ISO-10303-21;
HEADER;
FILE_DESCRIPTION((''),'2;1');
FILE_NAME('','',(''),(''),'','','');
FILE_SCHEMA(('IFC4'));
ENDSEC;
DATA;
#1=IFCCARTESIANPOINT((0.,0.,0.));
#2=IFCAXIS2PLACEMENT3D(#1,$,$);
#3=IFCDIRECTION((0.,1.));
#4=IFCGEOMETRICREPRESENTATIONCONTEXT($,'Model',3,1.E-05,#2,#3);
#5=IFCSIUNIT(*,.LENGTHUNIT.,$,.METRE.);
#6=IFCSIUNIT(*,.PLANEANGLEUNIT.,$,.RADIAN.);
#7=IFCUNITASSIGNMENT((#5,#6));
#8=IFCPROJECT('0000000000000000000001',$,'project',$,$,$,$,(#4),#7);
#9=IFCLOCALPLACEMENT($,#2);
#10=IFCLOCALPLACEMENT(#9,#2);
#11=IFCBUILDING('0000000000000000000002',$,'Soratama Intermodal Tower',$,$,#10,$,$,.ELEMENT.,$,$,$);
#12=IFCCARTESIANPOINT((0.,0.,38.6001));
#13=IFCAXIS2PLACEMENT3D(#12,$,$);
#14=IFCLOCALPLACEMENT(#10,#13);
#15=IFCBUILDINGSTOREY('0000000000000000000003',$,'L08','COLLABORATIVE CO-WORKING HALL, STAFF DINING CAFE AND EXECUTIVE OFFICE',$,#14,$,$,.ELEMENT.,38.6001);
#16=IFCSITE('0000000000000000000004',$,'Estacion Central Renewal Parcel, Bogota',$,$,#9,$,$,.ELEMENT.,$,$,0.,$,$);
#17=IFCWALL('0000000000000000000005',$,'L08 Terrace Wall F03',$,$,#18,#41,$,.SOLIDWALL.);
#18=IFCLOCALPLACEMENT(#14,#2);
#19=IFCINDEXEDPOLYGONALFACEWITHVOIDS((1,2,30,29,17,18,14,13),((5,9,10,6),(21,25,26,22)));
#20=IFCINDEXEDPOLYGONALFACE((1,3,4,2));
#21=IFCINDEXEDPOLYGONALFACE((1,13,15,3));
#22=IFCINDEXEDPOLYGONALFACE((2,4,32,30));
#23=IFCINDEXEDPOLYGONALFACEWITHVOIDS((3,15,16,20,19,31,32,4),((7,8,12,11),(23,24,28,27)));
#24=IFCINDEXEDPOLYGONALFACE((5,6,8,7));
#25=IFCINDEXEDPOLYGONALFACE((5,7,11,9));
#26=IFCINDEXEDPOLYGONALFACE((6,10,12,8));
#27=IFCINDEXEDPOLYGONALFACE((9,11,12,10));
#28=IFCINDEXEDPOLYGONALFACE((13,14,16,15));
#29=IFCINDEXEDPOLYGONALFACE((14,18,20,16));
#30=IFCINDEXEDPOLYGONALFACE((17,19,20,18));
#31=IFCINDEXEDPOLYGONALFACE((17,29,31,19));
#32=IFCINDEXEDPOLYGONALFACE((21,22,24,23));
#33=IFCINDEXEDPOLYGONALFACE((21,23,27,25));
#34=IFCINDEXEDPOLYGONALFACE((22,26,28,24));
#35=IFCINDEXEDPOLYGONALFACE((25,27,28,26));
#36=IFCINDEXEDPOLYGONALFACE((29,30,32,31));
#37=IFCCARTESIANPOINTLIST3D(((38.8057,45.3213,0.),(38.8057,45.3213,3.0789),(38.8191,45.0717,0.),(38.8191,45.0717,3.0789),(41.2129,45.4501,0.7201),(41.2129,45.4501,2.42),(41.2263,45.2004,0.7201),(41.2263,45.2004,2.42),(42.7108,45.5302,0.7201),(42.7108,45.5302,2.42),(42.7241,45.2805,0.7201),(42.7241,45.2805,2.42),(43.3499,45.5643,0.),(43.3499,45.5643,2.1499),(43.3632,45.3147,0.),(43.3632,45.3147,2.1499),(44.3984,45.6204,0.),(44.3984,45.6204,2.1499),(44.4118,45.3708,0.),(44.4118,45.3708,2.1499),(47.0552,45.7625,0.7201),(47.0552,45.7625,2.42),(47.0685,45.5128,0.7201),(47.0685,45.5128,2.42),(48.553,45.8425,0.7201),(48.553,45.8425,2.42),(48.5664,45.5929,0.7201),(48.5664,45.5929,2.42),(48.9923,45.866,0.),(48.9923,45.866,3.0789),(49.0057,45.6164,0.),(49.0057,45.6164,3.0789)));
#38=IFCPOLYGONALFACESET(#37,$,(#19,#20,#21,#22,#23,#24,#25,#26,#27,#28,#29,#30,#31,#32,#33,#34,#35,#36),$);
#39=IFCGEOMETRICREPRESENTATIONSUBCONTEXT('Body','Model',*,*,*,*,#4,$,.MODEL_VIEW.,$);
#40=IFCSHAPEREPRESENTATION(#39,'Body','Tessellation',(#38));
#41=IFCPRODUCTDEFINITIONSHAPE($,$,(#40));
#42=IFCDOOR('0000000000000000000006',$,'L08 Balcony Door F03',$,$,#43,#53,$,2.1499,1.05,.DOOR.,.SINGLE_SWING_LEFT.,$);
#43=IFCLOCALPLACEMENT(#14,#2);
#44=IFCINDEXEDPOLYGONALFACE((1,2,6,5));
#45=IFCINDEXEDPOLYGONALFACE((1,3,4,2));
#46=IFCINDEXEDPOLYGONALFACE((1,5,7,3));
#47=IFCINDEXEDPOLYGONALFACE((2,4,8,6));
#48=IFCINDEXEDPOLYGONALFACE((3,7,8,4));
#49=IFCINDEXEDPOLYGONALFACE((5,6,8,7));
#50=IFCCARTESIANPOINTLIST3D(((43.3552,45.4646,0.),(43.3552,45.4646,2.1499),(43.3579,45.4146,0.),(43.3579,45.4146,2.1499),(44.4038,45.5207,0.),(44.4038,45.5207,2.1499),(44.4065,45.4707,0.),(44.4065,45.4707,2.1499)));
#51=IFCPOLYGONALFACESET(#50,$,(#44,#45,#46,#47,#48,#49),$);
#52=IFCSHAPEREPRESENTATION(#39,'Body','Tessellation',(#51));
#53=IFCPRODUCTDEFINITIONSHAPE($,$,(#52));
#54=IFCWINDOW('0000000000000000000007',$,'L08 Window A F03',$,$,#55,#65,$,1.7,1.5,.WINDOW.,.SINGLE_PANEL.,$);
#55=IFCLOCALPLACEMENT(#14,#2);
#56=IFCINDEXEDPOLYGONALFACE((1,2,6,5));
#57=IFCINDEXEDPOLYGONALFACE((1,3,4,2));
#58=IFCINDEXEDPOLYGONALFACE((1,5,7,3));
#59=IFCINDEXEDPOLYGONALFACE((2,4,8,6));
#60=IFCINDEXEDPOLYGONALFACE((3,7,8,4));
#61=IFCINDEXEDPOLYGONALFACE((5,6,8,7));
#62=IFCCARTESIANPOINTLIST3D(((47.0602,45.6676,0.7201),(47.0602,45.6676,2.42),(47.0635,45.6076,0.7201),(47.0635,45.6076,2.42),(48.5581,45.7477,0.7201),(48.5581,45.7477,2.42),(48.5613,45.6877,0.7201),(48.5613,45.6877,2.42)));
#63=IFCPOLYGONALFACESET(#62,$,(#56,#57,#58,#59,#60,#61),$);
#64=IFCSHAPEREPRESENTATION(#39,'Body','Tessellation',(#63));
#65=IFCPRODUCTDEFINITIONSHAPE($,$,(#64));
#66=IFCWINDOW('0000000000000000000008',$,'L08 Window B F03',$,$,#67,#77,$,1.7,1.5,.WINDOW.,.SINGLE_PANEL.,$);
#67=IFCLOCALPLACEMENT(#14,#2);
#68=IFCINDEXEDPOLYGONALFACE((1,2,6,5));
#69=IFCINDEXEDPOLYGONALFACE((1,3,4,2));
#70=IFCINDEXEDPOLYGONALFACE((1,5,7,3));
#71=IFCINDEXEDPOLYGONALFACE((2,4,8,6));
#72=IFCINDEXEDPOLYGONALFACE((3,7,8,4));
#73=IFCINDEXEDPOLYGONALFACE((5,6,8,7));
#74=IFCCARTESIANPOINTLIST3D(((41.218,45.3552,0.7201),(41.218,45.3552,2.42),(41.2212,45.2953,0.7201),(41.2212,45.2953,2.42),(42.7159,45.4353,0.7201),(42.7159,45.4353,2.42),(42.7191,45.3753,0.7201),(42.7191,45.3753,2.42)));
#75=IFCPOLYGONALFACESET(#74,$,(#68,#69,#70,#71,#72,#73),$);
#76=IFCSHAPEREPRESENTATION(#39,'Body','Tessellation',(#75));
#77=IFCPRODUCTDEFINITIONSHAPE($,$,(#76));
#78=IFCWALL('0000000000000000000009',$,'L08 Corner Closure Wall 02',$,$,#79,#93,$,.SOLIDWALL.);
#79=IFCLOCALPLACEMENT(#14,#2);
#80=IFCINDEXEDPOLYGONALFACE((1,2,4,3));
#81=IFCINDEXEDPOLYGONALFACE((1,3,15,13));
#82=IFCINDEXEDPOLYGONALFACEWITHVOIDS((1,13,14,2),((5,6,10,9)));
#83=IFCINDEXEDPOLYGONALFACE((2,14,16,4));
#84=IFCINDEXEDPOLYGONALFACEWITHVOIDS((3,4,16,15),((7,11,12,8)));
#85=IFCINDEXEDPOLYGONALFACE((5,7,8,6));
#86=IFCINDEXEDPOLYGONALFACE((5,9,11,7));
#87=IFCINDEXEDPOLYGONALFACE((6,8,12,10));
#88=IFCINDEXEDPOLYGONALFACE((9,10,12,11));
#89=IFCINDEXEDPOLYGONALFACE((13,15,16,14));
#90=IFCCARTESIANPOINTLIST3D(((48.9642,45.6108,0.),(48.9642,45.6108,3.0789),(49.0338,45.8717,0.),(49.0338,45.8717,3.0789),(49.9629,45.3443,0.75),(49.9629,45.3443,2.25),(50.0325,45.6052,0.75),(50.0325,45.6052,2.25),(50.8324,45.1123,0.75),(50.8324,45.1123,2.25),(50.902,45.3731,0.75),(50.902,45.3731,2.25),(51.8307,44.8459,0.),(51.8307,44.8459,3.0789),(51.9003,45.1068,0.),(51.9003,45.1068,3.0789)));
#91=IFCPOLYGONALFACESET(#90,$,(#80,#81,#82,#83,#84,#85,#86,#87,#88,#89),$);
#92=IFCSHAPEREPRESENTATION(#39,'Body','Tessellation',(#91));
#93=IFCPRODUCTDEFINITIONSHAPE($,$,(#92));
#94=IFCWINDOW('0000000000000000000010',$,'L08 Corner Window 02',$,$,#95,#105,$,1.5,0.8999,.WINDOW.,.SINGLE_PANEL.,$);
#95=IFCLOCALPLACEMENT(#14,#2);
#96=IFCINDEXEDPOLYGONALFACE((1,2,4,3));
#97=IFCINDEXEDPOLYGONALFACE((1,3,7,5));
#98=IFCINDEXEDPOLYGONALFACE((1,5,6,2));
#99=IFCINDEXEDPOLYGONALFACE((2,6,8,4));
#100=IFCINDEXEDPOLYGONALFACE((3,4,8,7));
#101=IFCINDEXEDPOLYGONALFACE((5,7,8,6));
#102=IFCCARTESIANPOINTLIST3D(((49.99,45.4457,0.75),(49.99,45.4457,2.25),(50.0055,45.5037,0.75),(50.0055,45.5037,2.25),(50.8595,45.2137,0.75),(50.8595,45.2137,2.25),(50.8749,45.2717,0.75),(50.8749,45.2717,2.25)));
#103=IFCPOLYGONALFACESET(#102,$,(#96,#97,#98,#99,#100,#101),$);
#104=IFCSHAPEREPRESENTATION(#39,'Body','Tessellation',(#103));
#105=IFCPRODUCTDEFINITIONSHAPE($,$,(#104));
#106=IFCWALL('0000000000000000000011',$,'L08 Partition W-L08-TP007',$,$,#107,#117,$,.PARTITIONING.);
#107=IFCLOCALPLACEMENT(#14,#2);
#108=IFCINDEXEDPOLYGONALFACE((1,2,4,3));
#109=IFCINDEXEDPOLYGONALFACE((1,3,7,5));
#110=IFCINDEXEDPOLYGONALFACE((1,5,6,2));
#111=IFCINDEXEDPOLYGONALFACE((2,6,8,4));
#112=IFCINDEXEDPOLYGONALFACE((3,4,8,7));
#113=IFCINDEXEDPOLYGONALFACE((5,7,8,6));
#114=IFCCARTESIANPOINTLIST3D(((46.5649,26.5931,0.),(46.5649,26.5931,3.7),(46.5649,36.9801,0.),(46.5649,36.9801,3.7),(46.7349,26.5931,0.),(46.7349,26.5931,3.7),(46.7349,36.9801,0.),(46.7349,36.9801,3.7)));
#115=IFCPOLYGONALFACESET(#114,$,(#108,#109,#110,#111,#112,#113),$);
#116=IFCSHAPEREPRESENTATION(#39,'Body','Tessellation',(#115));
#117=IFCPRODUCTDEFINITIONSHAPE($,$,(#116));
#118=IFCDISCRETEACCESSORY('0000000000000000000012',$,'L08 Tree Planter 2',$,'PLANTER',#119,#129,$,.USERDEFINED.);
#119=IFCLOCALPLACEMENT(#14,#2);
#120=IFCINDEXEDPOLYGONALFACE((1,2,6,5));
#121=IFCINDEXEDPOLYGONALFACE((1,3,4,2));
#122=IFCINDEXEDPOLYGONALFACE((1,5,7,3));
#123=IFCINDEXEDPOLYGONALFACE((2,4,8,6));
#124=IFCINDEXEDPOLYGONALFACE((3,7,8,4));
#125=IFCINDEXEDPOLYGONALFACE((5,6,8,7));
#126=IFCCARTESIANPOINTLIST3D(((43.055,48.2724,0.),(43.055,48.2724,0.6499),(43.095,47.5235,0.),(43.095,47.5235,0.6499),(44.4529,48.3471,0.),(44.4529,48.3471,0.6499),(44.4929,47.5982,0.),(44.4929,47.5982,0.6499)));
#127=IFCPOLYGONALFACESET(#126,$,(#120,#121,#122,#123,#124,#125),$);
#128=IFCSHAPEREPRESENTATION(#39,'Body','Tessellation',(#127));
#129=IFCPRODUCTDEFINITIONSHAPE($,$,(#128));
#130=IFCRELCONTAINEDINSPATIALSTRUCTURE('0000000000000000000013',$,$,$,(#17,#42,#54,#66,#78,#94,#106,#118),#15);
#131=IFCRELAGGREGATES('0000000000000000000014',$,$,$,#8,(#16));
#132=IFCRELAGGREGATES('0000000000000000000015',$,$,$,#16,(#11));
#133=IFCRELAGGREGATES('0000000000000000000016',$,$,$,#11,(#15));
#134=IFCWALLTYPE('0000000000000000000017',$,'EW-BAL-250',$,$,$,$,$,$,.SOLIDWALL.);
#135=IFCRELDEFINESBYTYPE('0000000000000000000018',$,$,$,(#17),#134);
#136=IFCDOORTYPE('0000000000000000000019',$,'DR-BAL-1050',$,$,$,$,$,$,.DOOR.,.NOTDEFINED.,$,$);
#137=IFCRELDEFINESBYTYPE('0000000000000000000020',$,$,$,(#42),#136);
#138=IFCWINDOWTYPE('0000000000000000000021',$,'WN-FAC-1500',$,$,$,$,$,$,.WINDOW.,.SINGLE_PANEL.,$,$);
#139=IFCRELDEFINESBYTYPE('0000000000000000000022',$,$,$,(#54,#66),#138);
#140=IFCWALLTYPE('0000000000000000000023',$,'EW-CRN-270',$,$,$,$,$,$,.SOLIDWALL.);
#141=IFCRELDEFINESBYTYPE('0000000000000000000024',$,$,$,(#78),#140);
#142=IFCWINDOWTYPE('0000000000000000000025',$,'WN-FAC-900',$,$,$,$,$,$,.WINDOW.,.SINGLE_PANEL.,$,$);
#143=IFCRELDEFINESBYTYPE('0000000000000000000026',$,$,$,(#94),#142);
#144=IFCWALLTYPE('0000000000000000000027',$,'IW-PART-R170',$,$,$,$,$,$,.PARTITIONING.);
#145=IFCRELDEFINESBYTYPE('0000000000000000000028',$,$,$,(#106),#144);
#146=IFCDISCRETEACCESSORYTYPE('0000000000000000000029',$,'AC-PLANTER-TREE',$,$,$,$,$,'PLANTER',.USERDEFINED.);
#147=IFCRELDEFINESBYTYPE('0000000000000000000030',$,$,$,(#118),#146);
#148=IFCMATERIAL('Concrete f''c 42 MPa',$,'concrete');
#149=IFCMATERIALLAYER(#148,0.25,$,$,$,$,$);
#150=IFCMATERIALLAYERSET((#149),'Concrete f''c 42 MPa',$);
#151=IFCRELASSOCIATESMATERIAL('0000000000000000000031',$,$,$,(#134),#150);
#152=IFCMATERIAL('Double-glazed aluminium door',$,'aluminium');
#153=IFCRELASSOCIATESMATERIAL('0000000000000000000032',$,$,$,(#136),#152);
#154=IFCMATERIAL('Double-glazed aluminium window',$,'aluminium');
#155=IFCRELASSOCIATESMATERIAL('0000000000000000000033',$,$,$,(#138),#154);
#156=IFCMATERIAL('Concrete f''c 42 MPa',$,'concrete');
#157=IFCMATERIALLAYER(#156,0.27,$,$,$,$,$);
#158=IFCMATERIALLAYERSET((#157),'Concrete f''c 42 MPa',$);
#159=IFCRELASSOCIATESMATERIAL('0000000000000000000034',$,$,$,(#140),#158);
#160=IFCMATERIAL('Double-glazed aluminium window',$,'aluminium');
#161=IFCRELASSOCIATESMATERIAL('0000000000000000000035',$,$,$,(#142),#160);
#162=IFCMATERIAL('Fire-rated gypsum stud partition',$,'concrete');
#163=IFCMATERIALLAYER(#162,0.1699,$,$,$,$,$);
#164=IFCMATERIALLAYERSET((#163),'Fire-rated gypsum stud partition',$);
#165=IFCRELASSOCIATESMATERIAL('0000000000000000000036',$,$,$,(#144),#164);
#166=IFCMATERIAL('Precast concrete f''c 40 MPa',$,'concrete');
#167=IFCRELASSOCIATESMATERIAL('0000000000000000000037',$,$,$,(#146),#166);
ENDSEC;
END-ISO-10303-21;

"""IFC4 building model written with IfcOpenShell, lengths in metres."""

from ifc_helpers import new_model, si_unit, direction, frame, frame_2d, origin, origin_2d, place, context, subcontext, project, spatial, rectangle, extrude, material, layer, layer_set, type_object, element, fill, save


model = new_model("IFC4")

# Units and contexts
model_context = context("Model", 3, precision=1e-05, world=origin(), true_north=direction((0.0, 1.0)))
body_context = subcontext(model_context, "Body", "Model", "MODEL_VIEW")
ifc_project = project(units=[si_unit("LENGTHUNIT", "METRE"), si_unit("PLANEANGLEUNIT", "RADIAN")], contexts=[model_context])

# Site, building, storey
site_placement = place(None, origin())
site = spatial("IfcSite", under=ifc_project, at=site_placement, Name="Estacion Central Renewal Parcel, Bogota", CompositionType="ELEMENT", RefElevation=0.0)
building_placement = place(site_placement, origin())
building = spatial("IfcBuilding", under=site, at=building_placement, Name="Soratama Intermodal Tower", CompositionType="ELEMENT")
storey_placement = place(building_placement, frame((0.0, 0.0, 38.6001)))
storey = spatial("IfcBuildingStorey", under=building, at=storey_placement, Name="L08", Description="COLLABORATIVE CO-WORKING HALL, STAFF DINING CAFE AND EXECUTIVE OFFICE", CompositionType="ELEMENT", Elevation=38.6001)

# Wall, openings, door, windows
ifc_material_1 = material(Name="Concrete f'c 42 MPa", Category="concrete")
ifc_layer_1 = layer(ifc_material_1, 0.25)
ifc_layer_set_1 = layer_set([ifc_layer_1], Name="Concrete f'c 42 MPa")
wall_type_1 = type_object("IfcWallType", Name="EW-BAL-250", PredefinedType="SOLIDWALL", material=ifc_layer_set_1)
wall_1_placement = place(storey_placement, frame((48.999, 45.7412, 0.0), z_axis=(0.0, 0.0, 1.0), x_axis=(-0.998574, -0.053394, 0.0)))
wall_1 = element("IfcWall", 1, at=wall_1_placement, inside=storey, type_object=wall_type_1, Name="L08 Terrace Wall F03", PredefinedType="SOLIDWALL", context=body_context, shape_type="SweptSolid", body=[
    extrude(rectangle(XDim=10.2012, YDim=0.25, at=frame_2d((5.1006, 0.0))), origin(), (0.0, 0.0, 1.0), 3.0789),
])
opening_1_placement = place(wall_1_placement, frame((4.6006, 0.0, 0.0)))
opening_1 = element("IfcOpeningElement", 2, at=opening_1_placement, cuts=wall_1, PredefinedType="OPENING", context=body_context, shape_type="SweptSolid", body=[
    extrude(rectangle(XDim=1.05, YDim=2.1499, at=frame_2d((0.5249, 1.075))), frame((0.0, 0.135, 0.0), z_axis=(0.0, -1.0, 0.0), x_axis=(1.0, 0.0, 0.0)), (0.0, 0.0, 1.0), 0.27),
])
opening_2_placement = place(wall_1_placement, frame((0.4399, 0.0, 0.72)))
opening_2 = element("IfcOpeningElement", 3, at=opening_2_placement, cuts=wall_1, PredefinedType="OPENING", context=body_context, shape_type="SweptSolid", body=[
    extrude(rectangle(XDim=1.5, YDim=1.7, at=frame_2d((0.75, 0.8501))), frame((0.0, 0.135, 0.0), z_axis=(0.0, -1.0, 0.0), x_axis=(1.0, 0.0, 0.0)), (0.0, 0.0, 1.0), 0.27),
])
opening_3_placement = place(wall_1_placement, frame((6.2905, 0.0, 0.72)))
opening_3 = element("IfcOpeningElement", 4, at=opening_3_placement, cuts=wall_1, PredefinedType="OPENING", context=body_context, shape_type="SweptSolid", body=[
    extrude(rectangle(XDim=1.5, YDim=1.7, at=frame_2d((0.75, 0.8501))), frame((0.0, 0.135, 0.0), z_axis=(0.0, -1.0, 0.0), x_axis=(1.0, 0.0, 0.0)), (0.0, 0.0, 1.0), 0.27),
])
ifc_material_2 = material(Name="Double-glazed aluminium door", Category="aluminium")
door_type = type_object("IfcDoorType", Name="DR-BAL-1050", OperationType="NOTDEFINED", PredefinedType="DOOR", material=ifc_material_2)
door_placement = place(opening_1_placement, origin())
door = element("IfcDoor", 5, at=door_placement, inside=storey, type_object=door_type, Name="L08 Balcony Door F03", OperationType="SINGLE_SWING_LEFT", OverallHeight=2.1499, OverallWidth=1.05, PredefinedType="DOOR", context=body_context, shape_type="SweptSolid", body=[
    extrude(rectangle(XDim=1.05, YDim=2.1499, at=frame_2d((0.5249, 1.075))), frame((0.0, 0.0249, 0.0), z_axis=(0.0, -1.0, 0.0), x_axis=(1.0, 0.0, 0.0)), (0.0, 0.0, 1.0), 0.05),
])
fill(opening_1, door)
ifc_material_3 = material(Name="Double-glazed aluminium window", Category="aluminium")
window_type_1 = type_object("IfcWindowType", Name="WN-FAC-1500", PartitioningType="SINGLE_PANEL", PredefinedType="WINDOW", material=ifc_material_3)
window_1_placement = place(opening_2_placement, origin())
window_1 = element("IfcWindow", 6, at=window_1_placement, inside=storey, type_object=window_type_1, Name="L08 Window A F03", OverallHeight=1.7, OverallWidth=1.5, PartitioningType="SINGLE_PANEL", PredefinedType="WINDOW", context=body_context, shape_type="SweptSolid", body=[
    extrude(rectangle(XDim=1.5, YDim=1.7, at=frame_2d((0.75, 0.8501))), frame((0.0, 0.03, 0.0), z_axis=(0.0, -1.0, 0.0), x_axis=(1.0, 0.0, 0.0)), (0.0, 0.0, 1.0), 0.0601),
])
fill(opening_2, window_1)
window_2_placement = place(opening_3_placement, origin())
window_2 = element("IfcWindow", 7, at=window_2_placement, inside=storey, type_object=window_type_1, Name="L08 Window B F03", OverallHeight=1.7, OverallWidth=1.5, PartitioningType="SINGLE_PANEL", PredefinedType="WINDOW", context=body_context, shape_type="SweptSolid", body=[
    extrude(rectangle(XDim=1.5, YDim=1.7, at=frame_2d((0.75, 0.8501))), frame((0.0, 0.03, 0.0), z_axis=(0.0, -1.0, 0.0), x_axis=(1.0, 0.0, 0.0)), (0.0, 0.0, 1.0), 0.0601),
])
fill(opening_3, window_2)

# Wall, opening, window
ifc_material_4 = material(Name="Concrete f'c 42 MPa", Category="concrete")
ifc_layer_2 = layer(ifc_material_4, 0.27)
ifc_layer_set_2 = layer_set([ifc_layer_2], Name="Concrete f'c 42 MPa")
wall_type_2 = type_object("IfcWallType", Name="EW-CRN-270", PredefinedType="SOLIDWALL", material=ifc_layer_set_2)
wall_2_placement = place(storey_placement, frame((51.8655, 44.9763, 0.0), z_axis=(0.0, 0.0, 1.0), x_axis=(-0.966193, 0.257821, 0.0)))
wall_2 = element("IfcWall", 8, at=wall_2_placement, inside=storey, type_object=wall_type_2, Name="L08 Corner Closure Wall 02", PredefinedType="SOLIDWALL", context=body_context, shape_type="SweptSolid", body=[
    extrude(rectangle(XDim=2.9668, YDim=0.27, at=frame_2d((1.4834, 0.0))), origin(), (0.0, 0.0, 1.0), 3.0789),
])
opening_4_placement = place(wall_2_placement, frame((1.0332, 0.0, 0.75)))
opening_4 = element("IfcOpeningElement", 9, at=opening_4_placement, cuts=wall_2, PredefinedType="OPENING", context=body_context, shape_type="SweptSolid", body=[
    extrude(rectangle(XDim=0.8999, YDim=1.5, at=frame_2d((0.45, 0.75))), frame((0.0, 0.145, 0.0), z_axis=(0.0, -1.0, 0.0), x_axis=(1.0, 0.0, 0.0)), (0.0, 0.0, 1.0), 0.29),
])
ifc_material_5 = material(Name="Double-glazed aluminium window", Category="aluminium")
window_type_2 = type_object("IfcWindowType", Name="WN-FAC-900", PartitioningType="SINGLE_PANEL", PredefinedType="WINDOW", material=ifc_material_5)
window_3_placement = place(opening_4_placement, origin())
window_3 = element("IfcWindow", 10, at=window_3_placement, inside=storey, type_object=window_type_2, Name="L08 Corner Window 02", OverallHeight=1.5, OverallWidth=0.8999, PartitioningType="SINGLE_PANEL", PredefinedType="WINDOW", context=body_context, shape_type="SweptSolid", body=[
    extrude(rectangle(XDim=0.8999, YDim=1.5, at=frame_2d((0.45, 0.75))), frame((0.0, 0.03, 0.0), z_axis=(0.0, -1.0, 0.0), x_axis=(1.0, 0.0, 0.0)), (0.0, 0.0, 1.0), 0.0601),
])
fill(opening_4, window_3)

# Wall
ifc_material_6 = material(Name="Fire-rated gypsum stud partition", Category="concrete")
ifc_layer_3 = layer(ifc_material_6, 0.1699)
ifc_layer_set_3 = layer_set([ifc_layer_3], Name="Fire-rated gypsum stud partition")
wall_type_3 = type_object("IfcWallType", Name="IW-PART-R170", PredefinedType="PARTITIONING", material=ifc_layer_set_3)
wall_3_placement = place(storey_placement, frame((46.6499, 36.98, 0.0), z_axis=(0.0, 0.0, 1.0), x_axis=(0.0, -1.0, 0.0)))
element("IfcWall", 11, at=wall_3_placement, inside=storey, type_object=wall_type_3, Name="L08 Partition W-L08-TP007", PredefinedType="PARTITIONING", context=body_context, shape_type="SweptSolid", body=[
    extrude(rectangle(XDim=10.387, YDim=0.1699, at=frame_2d((5.1934, 0.0))), origin(), (0.0, 0.0, 1.0), 3.7),
])

# Discrete accessory
ifc_material_7 = material(Name="Precast concrete f'c 40 MPa", Category="concrete")
discrete_accessory_type = type_object("IfcDiscreteAccessoryType", Name="AC-PLANTER-TREE", ElementType="PLANTER", PredefinedType="USERDEFINED", material=ifc_material_7)
discrete_accessory_placement = place(storey_placement, frame((43.7739, 47.9353, 0.0), z_axis=(0.0, 0.0, 1.0), x_axis=(-0.053382, 0.998574, 0.0)))
element("IfcDiscreteAccessory", 12, at=discrete_accessory_placement, inside=storey, type_object=discrete_accessory_type, Name="L08 Tree Planter 2", ObjectType="PLANTER", PredefinedType="USERDEFINED", context=body_context, shape_type="SweptSolid", body=[
    extrude(rectangle(XDim=0.75, YDim=1.3999, at=origin_2d()), origin(), (0.0, 0.0, 1.0), 0.6499),
])

save(model, "model.ifc")
